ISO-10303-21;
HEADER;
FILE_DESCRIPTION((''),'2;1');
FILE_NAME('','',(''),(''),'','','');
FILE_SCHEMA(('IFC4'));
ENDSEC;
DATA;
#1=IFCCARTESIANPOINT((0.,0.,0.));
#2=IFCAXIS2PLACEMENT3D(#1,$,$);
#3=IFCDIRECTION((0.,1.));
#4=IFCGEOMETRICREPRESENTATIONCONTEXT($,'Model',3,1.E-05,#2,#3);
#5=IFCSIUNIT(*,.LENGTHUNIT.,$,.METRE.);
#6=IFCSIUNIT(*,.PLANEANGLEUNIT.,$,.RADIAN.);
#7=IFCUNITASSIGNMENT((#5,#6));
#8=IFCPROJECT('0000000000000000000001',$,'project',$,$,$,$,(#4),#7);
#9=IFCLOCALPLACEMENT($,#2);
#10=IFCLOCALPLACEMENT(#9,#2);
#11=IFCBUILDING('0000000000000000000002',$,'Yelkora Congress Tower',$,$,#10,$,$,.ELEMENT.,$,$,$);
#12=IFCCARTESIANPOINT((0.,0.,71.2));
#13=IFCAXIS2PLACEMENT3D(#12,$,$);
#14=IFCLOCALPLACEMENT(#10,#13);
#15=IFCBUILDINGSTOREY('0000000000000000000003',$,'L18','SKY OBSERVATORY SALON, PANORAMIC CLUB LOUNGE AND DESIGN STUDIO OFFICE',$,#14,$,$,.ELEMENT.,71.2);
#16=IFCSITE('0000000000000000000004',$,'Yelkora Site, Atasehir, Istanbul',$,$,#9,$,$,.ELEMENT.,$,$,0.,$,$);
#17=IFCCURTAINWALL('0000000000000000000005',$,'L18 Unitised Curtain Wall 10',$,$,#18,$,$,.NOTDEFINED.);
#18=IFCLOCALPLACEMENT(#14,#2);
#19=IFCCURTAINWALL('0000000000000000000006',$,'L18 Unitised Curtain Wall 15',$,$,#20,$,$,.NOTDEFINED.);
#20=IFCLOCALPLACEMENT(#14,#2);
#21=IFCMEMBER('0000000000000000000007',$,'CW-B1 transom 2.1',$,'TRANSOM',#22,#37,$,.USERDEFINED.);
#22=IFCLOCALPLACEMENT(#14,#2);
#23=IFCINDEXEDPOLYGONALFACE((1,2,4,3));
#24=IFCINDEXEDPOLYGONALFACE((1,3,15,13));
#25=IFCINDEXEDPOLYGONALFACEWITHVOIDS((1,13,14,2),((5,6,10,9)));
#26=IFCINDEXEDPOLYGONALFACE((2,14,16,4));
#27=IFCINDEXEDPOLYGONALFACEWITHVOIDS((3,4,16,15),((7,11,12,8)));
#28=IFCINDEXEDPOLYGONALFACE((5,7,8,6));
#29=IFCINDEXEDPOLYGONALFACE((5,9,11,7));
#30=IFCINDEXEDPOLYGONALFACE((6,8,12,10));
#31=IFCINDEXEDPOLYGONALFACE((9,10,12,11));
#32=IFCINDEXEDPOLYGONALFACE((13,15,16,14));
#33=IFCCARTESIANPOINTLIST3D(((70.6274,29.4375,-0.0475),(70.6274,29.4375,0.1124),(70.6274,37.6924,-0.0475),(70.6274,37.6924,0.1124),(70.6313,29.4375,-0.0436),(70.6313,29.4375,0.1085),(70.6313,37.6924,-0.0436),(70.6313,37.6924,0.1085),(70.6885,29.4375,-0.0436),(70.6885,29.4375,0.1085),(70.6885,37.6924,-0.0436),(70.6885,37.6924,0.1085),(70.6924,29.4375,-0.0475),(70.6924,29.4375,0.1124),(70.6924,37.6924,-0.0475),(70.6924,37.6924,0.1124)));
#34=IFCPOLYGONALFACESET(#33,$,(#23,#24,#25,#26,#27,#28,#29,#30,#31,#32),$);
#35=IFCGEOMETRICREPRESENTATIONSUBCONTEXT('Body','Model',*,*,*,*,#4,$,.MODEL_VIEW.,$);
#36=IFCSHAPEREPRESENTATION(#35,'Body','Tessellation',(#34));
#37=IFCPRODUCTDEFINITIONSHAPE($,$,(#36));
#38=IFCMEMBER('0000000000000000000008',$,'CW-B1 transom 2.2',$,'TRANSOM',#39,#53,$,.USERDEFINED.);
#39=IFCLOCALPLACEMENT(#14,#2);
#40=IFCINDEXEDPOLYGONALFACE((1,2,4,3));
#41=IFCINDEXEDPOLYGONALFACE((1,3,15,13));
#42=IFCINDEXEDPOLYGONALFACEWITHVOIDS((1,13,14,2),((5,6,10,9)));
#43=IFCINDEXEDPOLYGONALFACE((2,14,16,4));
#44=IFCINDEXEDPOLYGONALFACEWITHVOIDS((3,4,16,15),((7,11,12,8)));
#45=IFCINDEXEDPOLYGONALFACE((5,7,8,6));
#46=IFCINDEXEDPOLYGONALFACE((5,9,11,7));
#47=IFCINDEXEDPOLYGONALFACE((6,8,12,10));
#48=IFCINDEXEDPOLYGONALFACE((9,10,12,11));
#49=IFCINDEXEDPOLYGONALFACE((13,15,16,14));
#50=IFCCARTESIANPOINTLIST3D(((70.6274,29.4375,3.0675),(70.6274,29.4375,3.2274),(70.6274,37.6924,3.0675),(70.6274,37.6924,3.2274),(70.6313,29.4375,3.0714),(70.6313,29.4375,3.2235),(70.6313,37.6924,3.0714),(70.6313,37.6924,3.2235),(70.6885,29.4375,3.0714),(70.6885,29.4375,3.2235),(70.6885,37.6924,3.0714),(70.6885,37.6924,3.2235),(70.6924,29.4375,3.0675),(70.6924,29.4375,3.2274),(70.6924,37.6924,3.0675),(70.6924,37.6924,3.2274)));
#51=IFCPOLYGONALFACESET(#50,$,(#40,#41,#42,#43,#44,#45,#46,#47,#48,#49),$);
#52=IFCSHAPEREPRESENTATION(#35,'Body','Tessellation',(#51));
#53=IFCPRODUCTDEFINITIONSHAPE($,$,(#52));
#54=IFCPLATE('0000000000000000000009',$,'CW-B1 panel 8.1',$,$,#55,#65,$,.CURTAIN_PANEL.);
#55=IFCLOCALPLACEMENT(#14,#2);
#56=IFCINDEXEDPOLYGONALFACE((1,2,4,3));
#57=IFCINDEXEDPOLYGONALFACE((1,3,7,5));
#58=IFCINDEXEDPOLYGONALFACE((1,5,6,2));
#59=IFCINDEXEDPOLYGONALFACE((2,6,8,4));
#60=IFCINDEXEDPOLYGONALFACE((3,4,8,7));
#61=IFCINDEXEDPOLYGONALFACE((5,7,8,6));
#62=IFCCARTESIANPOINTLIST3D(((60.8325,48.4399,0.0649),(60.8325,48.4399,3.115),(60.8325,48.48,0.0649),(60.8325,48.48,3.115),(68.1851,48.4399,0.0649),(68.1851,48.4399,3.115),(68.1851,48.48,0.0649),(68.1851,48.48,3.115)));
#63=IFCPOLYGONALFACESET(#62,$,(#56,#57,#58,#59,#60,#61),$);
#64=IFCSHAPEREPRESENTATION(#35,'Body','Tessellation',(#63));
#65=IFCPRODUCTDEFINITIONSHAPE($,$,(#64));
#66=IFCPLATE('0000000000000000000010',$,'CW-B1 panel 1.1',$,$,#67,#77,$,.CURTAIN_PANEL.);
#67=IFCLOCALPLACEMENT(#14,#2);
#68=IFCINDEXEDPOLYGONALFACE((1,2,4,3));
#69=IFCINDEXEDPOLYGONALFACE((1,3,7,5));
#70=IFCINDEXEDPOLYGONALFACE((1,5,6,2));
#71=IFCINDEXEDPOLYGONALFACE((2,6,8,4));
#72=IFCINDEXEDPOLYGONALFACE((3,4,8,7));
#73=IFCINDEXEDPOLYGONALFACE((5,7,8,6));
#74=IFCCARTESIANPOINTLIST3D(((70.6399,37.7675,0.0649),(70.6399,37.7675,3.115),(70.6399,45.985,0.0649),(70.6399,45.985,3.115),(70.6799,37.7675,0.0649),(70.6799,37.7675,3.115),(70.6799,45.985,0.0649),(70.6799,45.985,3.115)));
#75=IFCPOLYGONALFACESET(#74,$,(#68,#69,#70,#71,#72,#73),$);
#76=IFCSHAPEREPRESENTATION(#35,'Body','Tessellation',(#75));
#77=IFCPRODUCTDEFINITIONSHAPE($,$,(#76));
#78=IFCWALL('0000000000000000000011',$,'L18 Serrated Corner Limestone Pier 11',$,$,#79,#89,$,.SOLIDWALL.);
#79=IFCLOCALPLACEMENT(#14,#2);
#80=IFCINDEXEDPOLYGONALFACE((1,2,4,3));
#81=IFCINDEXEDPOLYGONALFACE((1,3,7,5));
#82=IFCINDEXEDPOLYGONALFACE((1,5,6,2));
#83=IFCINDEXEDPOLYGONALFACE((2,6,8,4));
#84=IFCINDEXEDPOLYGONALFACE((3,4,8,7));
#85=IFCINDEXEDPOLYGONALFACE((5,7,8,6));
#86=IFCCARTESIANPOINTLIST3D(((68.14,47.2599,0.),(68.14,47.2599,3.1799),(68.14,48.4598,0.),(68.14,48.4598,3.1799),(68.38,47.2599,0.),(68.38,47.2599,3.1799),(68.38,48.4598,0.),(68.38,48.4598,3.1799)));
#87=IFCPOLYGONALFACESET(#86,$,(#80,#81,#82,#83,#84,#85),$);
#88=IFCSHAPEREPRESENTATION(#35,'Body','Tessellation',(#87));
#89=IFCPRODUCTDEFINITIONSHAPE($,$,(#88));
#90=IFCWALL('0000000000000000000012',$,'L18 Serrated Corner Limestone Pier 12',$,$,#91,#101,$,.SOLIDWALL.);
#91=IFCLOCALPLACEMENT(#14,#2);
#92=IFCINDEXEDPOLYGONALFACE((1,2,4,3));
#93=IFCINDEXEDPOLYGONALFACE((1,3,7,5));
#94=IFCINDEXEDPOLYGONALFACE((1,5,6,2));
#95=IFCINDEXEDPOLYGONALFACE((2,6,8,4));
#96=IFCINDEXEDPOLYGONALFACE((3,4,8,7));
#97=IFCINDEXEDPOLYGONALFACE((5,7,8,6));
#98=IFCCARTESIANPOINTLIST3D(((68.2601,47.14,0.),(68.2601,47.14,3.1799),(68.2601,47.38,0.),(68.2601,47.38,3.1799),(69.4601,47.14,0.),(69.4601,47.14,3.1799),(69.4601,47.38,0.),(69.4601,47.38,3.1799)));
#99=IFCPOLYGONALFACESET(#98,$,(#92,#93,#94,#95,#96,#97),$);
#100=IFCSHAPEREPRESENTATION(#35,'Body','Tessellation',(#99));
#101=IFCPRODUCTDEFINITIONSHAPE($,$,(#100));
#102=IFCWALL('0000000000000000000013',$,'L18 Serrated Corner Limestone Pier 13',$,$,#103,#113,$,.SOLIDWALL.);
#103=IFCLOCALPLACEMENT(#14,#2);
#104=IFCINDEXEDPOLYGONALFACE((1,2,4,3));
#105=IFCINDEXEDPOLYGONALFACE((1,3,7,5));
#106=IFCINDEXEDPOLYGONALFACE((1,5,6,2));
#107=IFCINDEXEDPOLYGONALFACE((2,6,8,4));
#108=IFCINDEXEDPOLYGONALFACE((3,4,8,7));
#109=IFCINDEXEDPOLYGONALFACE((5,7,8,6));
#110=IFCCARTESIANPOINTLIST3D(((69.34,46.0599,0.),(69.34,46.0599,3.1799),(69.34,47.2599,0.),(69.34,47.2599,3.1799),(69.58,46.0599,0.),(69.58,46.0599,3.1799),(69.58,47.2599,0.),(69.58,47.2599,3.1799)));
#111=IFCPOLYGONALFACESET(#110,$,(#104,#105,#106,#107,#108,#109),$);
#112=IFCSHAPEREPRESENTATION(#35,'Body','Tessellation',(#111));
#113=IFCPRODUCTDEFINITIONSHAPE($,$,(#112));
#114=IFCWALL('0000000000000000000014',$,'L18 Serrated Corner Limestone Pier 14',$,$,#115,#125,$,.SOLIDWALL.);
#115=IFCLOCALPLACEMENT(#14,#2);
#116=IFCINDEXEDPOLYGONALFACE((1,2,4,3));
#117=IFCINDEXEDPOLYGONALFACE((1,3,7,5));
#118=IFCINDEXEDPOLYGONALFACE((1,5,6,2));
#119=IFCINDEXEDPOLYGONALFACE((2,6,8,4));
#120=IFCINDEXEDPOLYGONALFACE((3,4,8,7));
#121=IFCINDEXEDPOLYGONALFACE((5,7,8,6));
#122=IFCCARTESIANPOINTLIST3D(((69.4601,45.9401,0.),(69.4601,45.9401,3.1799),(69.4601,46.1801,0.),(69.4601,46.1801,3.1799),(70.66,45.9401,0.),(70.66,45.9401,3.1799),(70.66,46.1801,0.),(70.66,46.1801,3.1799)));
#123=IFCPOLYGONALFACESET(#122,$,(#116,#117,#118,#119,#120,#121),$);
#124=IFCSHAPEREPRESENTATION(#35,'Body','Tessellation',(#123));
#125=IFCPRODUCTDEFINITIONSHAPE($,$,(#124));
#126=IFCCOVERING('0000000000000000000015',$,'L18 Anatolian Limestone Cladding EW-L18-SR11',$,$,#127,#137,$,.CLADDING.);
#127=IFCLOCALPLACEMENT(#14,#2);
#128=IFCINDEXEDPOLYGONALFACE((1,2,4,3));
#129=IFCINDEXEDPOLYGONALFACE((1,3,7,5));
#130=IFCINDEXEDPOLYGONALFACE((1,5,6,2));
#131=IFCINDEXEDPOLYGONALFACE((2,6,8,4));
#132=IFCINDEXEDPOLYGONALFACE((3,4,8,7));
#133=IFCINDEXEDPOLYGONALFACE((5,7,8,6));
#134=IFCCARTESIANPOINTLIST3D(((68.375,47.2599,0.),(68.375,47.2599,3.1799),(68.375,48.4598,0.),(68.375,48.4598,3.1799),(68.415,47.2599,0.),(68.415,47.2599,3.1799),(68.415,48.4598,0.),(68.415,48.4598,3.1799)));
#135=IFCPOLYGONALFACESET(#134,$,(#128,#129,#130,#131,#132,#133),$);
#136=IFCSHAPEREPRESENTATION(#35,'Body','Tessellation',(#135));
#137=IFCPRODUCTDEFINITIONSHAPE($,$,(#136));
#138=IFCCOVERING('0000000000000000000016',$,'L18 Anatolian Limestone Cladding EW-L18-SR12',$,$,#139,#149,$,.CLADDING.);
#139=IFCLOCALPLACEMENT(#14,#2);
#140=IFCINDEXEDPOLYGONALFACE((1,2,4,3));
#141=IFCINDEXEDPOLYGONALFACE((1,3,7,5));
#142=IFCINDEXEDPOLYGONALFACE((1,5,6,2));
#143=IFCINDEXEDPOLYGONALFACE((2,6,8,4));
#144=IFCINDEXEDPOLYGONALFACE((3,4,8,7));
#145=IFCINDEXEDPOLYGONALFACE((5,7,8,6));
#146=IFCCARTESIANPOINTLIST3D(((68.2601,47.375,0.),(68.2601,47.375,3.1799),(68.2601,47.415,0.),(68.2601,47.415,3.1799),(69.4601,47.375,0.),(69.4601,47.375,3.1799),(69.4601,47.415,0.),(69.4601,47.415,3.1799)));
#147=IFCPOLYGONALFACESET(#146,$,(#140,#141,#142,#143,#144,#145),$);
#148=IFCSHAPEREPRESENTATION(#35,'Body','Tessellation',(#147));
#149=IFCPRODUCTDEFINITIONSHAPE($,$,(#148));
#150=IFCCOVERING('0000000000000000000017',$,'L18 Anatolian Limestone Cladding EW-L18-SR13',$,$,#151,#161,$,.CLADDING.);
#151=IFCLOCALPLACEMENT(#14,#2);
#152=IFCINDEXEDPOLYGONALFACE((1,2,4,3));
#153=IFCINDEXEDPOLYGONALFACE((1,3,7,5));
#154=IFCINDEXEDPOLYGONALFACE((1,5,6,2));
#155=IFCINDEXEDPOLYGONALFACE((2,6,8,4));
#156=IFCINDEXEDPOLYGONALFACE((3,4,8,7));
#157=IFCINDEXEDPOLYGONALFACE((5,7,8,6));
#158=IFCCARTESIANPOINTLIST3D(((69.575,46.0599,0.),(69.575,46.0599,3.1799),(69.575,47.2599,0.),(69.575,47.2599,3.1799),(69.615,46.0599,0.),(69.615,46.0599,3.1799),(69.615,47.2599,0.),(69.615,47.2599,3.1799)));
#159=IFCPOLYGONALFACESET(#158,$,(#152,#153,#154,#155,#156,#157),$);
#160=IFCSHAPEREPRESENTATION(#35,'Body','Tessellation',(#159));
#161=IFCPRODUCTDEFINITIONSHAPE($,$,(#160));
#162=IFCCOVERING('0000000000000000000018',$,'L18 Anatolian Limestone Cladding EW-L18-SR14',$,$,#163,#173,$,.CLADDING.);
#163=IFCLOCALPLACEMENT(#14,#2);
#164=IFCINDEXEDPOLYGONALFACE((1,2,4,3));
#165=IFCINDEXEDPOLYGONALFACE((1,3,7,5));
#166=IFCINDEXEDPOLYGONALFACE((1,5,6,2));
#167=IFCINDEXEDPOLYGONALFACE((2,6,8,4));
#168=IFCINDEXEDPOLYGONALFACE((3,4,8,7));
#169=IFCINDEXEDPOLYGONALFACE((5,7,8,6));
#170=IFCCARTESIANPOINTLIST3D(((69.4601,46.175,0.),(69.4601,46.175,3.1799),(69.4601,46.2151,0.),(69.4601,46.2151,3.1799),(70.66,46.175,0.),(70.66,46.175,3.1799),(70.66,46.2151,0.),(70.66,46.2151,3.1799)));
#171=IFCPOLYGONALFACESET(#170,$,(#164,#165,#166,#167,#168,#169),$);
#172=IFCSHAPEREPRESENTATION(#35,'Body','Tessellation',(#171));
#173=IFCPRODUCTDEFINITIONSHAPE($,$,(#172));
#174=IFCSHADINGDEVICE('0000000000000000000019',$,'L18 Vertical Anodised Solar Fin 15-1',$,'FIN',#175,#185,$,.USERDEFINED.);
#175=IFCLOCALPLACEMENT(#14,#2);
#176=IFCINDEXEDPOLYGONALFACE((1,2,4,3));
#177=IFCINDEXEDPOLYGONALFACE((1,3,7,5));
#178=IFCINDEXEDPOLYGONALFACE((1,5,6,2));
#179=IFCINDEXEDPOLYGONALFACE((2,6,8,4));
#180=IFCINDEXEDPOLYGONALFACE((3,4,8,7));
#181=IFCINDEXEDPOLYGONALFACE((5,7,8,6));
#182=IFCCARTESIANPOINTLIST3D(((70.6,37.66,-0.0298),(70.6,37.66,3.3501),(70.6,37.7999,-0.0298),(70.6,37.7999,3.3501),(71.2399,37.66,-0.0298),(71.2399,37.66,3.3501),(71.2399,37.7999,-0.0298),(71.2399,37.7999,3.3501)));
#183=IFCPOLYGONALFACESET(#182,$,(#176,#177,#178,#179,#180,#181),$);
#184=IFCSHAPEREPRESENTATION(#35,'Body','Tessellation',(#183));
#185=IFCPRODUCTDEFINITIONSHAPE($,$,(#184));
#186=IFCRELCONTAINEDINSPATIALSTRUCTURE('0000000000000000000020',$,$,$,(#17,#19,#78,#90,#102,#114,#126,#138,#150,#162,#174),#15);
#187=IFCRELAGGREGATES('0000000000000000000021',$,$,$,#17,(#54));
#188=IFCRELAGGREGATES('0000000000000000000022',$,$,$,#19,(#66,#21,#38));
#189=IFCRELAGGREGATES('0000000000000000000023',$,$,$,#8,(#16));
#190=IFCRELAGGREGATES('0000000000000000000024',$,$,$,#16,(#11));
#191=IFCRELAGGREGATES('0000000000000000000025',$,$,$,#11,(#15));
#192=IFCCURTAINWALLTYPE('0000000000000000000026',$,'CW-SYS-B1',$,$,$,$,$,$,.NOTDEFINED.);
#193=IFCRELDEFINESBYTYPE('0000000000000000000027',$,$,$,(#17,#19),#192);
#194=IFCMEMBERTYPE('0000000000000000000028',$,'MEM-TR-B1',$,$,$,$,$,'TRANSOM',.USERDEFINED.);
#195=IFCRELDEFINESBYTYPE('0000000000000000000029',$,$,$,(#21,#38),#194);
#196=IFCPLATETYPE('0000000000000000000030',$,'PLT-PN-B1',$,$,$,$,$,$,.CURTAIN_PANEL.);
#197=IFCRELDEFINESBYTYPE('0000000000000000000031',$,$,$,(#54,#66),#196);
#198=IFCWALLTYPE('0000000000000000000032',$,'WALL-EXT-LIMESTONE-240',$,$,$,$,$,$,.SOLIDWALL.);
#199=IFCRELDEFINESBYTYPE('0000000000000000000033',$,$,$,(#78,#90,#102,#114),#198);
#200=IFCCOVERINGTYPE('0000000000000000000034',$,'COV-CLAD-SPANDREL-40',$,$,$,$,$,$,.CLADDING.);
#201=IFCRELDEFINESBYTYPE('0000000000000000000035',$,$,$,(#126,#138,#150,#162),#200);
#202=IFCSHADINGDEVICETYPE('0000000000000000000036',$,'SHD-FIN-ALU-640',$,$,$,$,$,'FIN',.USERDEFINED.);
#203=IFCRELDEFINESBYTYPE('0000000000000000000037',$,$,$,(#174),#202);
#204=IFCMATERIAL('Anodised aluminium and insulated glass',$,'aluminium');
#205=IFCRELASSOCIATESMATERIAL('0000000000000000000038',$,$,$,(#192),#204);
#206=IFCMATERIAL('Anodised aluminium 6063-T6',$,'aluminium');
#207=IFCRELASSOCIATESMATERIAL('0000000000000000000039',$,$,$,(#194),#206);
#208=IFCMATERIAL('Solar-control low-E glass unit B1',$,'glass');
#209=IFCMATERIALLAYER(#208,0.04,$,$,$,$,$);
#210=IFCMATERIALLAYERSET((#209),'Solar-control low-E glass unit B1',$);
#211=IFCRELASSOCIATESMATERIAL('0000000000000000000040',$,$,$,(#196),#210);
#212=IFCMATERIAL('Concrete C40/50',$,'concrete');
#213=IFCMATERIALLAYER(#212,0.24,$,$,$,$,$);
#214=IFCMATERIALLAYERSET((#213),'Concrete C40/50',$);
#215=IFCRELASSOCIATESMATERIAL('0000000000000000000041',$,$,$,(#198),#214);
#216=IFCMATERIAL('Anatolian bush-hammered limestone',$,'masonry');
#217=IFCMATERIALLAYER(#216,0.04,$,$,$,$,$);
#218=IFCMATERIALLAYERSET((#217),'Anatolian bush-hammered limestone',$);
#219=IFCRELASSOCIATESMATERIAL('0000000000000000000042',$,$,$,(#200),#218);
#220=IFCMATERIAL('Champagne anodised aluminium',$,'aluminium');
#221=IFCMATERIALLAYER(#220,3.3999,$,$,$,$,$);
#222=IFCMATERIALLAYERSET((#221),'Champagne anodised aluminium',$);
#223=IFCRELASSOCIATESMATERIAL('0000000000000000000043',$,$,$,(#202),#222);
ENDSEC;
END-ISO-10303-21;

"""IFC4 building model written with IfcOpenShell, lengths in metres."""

from ifc_helpers import new_model, si_unit, direction, frame, frame_2d, origin, origin_2d, place, context, subcontext, project, spatial, rectangle, hollow_rectangle, extrude, material, layer, layer_set, material_profile, profile_set, type_object, element, aggregate, save


model = new_model("IFC4")

# Units and contexts
model_context = context("Model", 3, precision=1e-05, world=origin(), true_north=direction((0.0, 1.0)))
body_context = subcontext(model_context, "Body", "Model", "MODEL_VIEW")
ifc_project = project(units=[si_unit("LENGTHUNIT", "METRE"), si_unit("PLANEANGLEUNIT", "RADIAN")], contexts=[model_context])

# Site, building, storey
site_placement = place(None, origin())
site = spatial("IfcSite", under=ifc_project, at=site_placement, Name="Yelkora Site, Atasehir, Istanbul", CompositionType="ELEMENT", RefElevation=0.0)
building_placement = place(site_placement, origin())
building = spatial("IfcBuilding", under=site, at=building_placement, Name="Yelkora Congress Tower", CompositionType="ELEMENT")
storey_placement = place(building_placement, frame((0.0, 0.0, 71.2)))
storey = spatial("IfcBuildingStorey", under=building, at=storey_placement, Name="L18", Description="SKY OBSERVATORY SALON, PANORAMIC CLUB LOUNGE AND DESIGN STUDIO OFFICE", CompositionType="ELEMENT", Elevation=71.2)

# Curtain wall
ifc_material_1 = material(Name="Anodised aluminium and insulated glass", Category="aluminium")
curtain_wall_type = type_object("IfcCurtainWallType", Name="CW-SYS-B1", PredefinedType="NOTDEFINED", material=ifc_material_1)
curtain_wall_1_placement = place(storey_placement, origin())
curtain_wall_1 = element("IfcCurtainWall", 1, at=curtain_wall_1_placement, inside=storey, type_object=curtain_wall_type, Name="L18 Unitised Curtain Wall 10", PredefinedType="NOTDEFINED")
ifc_material_2 = material(Name="Anodised aluminium 6063-T6", Category="aluminium")

# Curtain wall, members
curtain_wall_2_placement = place(storey_placement, origin())
curtain_wall_2 = element("IfcCurtainWall", 2, at=curtain_wall_2_placement, inside=storey, type_object=curtain_wall_type, Name="L18 Unitised Curtain Wall 15", PredefinedType="NOTDEFINED")
ifc_material_profile_1 = material_profile(ifc_material_2, hollow_rectangle(XDim=0.0649, YDim=0.1599, WallThickness=0.0039, at=origin_2d()), Name="ALU 65x160x4")
ifc_profile_set_1 = profile_set([ifc_material_profile_1], Name="Anodised aluminium 6063-T6")
member_type_1 = type_object("IfcMemberType", Name="MEM-TR-B1", ElementType="TRANSOM", PredefinedType="USERDEFINED", material=ifc_profile_set_1)
member_1_placement = place(storey_placement, frame((70.6599, 37.6924, 0.0325), z_axis=(0.0, -1.0, 0.0), x_axis=(1.0, 0.0, 0.0)))
member_1 = element("IfcMember", 3, at=member_1_placement, type_object=member_type_1, Name="CW-B1 transom 2.1", ObjectType="TRANSOM", PredefinedType="USERDEFINED", context=body_context, shape_type="SweptSolid", body=[
    extrude(hollow_rectangle(XDim=0.0649, YDim=0.1599, WallThickness=0.0039, at=origin_2d()), origin(), (0.0, 0.0, 1.0), 8.2549),
])
member_2_placement = place(storey_placement, frame((70.6599, 37.6924, 3.1475), z_axis=(0.0, -1.0, 0.0), x_axis=(1.0, 0.0, 0.0)))
member_2 = element("IfcMember", 4, at=member_2_placement, type_object=member_type_1, Name="CW-B1 transom 2.2", ObjectType="TRANSOM", PredefinedType="USERDEFINED", context=body_context, shape_type="SweptSolid", body=[
    extrude(hollow_rectangle(XDim=0.0649, YDim=0.1599, WallThickness=0.0039, at=origin_2d()), origin(), (0.0, 0.0, 1.0), 8.2549),
])

# Plates
ifc_material_3 = material(Name="Solar-control low-E glass unit B1", Category="glass")
ifc_layer_1 = layer(ifc_material_3, 0.04)
ifc_layer_set_1 = layer_set([ifc_layer_1], Name="Solar-control low-E glass unit B1")
plate_type = type_object("IfcPlateType", Name="PLT-PN-B1", PredefinedType="CURTAIN_PANEL", material=ifc_layer_set_1)
plate_1_placement = place(storey_placement, frame((64.5088, 48.46, 0.0649), z_axis=(0.0, 0.0, 1.0), x_axis=(1.0, 0.0, 0.0)))
plate_1 = element("IfcPlate", 5, at=plate_1_placement, type_object=plate_type, Name="CW-B1 panel 8.1", PredefinedType="CURTAIN_PANEL", context=body_context, shape_type="SweptSolid", body=[
    extrude(rectangle(XDim=7.3525, YDim=0.04, at=origin_2d()), origin(), (0.0, 0.0, 1.0), 3.05),
])
aggregate(curtain_wall_1, [plate_1])
plate_2_placement = place(storey_placement, frame((70.6599, 41.8762, 0.0649), z_axis=(0.0, 0.0, 1.0), x_axis=(0.0, -1.0, 0.0)))
plate_2 = element("IfcPlate", 6, at=plate_2_placement, type_object=plate_type, Name="CW-B1 panel 1.1", PredefinedType="CURTAIN_PANEL", context=body_context, shape_type="SweptSolid", body=[
    extrude(rectangle(XDim=8.2175, YDim=0.04, at=origin_2d()), origin(), (0.0, 0.0, 1.0), 3.05),
])
aggregate(curtain_wall_2, [plate_2, member_1, member_2])

# Walls
ifc_material_4 = material(Name="Concrete C40/50", Category="concrete")
ifc_layer_2 = layer(ifc_material_4, 0.24)
ifc_layer_set_2 = layer_set([ifc_layer_2], Name="Concrete C40/50")
wall_type = type_object("IfcWallType", Name="WALL-EXT-LIMESTONE-240", PredefinedType="SOLIDWALL", material=ifc_layer_set_2)
for number, where, z_axis, x_axis, name in (
    (7, (68.26, 48.46, 0.0), (0.0, 0.0, 1.0), (0.0, -1.0, 0.0), "L18 Serrated Corner Limestone Pier 11"),
    (8, (68.26, 47.26, 0.0), (0.0, 0.0, 1.0), (1.0, 0.0, 0.0), "L18 Serrated Corner Limestone Pier 12"),
    (9, (69.46, 47.26, 0.0), (0.0, 0.0, 1.0), (0.0, -1.0, 0.0), "L18 Serrated Corner Limestone Pier 13"),
    (10, (69.46, 46.0601, 0.0), (0.0, 0.0, 1.0), (1.0, 0.0, 0.0), "L18 Serrated Corner Limestone Pier 14"),
):
    element("IfcWall", number, at=place(storey_placement, frame(where, z_axis=z_axis, x_axis=x_axis)), inside=storey, type_object=wall_type, Name=name, PredefinedType="SOLIDWALL", context=body_context, shape_type="SweptSolid", body=[
        extrude(rectangle(XDim=1.2, YDim=0.24, at=frame_2d((0.6001, 0.0))), origin(), (0.0, 0.0, 1.0), 3.1799),
    ])

# Coverings
ifc_material_5 = material(Name="Anatolian bush-hammered limestone", Category="masonry")
ifc_layer_3 = layer(ifc_material_5, 0.04)
ifc_layer_set_3 = layer_set([ifc_layer_3], Name="Anatolian bush-hammered limestone")
covering_type = type_object("IfcCoveringType", Name="COV-CLAD-SPANDREL-40", PredefinedType="CLADDING", material=ifc_layer_set_3)
for number, where, z_axis, x_axis, name in (
    (11, (68.395, 48.46, 0.0), (0.0, 0.0, 1.0), (0.0, -1.0, 0.0), "L18 Anatolian Limestone Cladding EW-L18-SR11"),
    (12, (68.26, 47.395, 0.0), (0.0, 0.0, 1.0), (1.0, 0.0, 0.0), "L18 Anatolian Limestone Cladding EW-L18-SR12"),
    (13, (69.595, 47.26, 0.0), (0.0, 0.0, 1.0), (0.0, -1.0, 0.0), "L18 Anatolian Limestone Cladding EW-L18-SR13"),
    (14, (69.46, 46.1951, 0.0), (0.0, 0.0, 1.0), (1.0, 0.0, 0.0), "L18 Anatolian Limestone Cladding EW-L18-SR14"),
):
    element("IfcCovering", number, at=place(storey_placement, frame(where, z_axis=z_axis, x_axis=x_axis)), inside=storey, type_object=covering_type, Name=name, PredefinedType="CLADDING", context=body_context, shape_type="SweptSolid", body=[
        extrude(rectangle(XDim=1.2, YDim=0.04, at=frame_2d((0.6001, 0.0))), origin(), (0.0, 0.0, 1.0), 3.1799),
    ])

# Shading device
ifc_material_6 = material(Name="Champagne anodised aluminium", Category="aluminium")
ifc_layer_4 = layer(ifc_material_6, 3.3999)
ifc_layer_set_4 = layer_set([ifc_layer_4], Name="Champagne anodised aluminium")
shading_device_type = type_object("IfcShadingDeviceType", Name="SHD-FIN-ALU-640", ElementType="FIN", PredefinedType="USERDEFINED", material=ifc_layer_set_4)
shading_device_placement = place(storey_placement, frame((70.9199, 37.73, -0.0298), z_axis=(0.0, 0.0, 1.0), x_axis=(0.0, -1.0, 0.0)))
element("IfcShadingDevice", 15, at=shading_device_placement, inside=storey, type_object=shading_device_type, Name="L18 Vertical Anodised Solar Fin 15-1", ObjectType="FIN", PredefinedType="USERDEFINED", context=body_context, shape_type="SweptSolid", body=[
    extrude(rectangle(XDim=0.1399, YDim=0.6399, at=origin_2d()), origin(), (0.0, 0.0, 1.0), 3.3799),
])

save(model, "model.ifc")
